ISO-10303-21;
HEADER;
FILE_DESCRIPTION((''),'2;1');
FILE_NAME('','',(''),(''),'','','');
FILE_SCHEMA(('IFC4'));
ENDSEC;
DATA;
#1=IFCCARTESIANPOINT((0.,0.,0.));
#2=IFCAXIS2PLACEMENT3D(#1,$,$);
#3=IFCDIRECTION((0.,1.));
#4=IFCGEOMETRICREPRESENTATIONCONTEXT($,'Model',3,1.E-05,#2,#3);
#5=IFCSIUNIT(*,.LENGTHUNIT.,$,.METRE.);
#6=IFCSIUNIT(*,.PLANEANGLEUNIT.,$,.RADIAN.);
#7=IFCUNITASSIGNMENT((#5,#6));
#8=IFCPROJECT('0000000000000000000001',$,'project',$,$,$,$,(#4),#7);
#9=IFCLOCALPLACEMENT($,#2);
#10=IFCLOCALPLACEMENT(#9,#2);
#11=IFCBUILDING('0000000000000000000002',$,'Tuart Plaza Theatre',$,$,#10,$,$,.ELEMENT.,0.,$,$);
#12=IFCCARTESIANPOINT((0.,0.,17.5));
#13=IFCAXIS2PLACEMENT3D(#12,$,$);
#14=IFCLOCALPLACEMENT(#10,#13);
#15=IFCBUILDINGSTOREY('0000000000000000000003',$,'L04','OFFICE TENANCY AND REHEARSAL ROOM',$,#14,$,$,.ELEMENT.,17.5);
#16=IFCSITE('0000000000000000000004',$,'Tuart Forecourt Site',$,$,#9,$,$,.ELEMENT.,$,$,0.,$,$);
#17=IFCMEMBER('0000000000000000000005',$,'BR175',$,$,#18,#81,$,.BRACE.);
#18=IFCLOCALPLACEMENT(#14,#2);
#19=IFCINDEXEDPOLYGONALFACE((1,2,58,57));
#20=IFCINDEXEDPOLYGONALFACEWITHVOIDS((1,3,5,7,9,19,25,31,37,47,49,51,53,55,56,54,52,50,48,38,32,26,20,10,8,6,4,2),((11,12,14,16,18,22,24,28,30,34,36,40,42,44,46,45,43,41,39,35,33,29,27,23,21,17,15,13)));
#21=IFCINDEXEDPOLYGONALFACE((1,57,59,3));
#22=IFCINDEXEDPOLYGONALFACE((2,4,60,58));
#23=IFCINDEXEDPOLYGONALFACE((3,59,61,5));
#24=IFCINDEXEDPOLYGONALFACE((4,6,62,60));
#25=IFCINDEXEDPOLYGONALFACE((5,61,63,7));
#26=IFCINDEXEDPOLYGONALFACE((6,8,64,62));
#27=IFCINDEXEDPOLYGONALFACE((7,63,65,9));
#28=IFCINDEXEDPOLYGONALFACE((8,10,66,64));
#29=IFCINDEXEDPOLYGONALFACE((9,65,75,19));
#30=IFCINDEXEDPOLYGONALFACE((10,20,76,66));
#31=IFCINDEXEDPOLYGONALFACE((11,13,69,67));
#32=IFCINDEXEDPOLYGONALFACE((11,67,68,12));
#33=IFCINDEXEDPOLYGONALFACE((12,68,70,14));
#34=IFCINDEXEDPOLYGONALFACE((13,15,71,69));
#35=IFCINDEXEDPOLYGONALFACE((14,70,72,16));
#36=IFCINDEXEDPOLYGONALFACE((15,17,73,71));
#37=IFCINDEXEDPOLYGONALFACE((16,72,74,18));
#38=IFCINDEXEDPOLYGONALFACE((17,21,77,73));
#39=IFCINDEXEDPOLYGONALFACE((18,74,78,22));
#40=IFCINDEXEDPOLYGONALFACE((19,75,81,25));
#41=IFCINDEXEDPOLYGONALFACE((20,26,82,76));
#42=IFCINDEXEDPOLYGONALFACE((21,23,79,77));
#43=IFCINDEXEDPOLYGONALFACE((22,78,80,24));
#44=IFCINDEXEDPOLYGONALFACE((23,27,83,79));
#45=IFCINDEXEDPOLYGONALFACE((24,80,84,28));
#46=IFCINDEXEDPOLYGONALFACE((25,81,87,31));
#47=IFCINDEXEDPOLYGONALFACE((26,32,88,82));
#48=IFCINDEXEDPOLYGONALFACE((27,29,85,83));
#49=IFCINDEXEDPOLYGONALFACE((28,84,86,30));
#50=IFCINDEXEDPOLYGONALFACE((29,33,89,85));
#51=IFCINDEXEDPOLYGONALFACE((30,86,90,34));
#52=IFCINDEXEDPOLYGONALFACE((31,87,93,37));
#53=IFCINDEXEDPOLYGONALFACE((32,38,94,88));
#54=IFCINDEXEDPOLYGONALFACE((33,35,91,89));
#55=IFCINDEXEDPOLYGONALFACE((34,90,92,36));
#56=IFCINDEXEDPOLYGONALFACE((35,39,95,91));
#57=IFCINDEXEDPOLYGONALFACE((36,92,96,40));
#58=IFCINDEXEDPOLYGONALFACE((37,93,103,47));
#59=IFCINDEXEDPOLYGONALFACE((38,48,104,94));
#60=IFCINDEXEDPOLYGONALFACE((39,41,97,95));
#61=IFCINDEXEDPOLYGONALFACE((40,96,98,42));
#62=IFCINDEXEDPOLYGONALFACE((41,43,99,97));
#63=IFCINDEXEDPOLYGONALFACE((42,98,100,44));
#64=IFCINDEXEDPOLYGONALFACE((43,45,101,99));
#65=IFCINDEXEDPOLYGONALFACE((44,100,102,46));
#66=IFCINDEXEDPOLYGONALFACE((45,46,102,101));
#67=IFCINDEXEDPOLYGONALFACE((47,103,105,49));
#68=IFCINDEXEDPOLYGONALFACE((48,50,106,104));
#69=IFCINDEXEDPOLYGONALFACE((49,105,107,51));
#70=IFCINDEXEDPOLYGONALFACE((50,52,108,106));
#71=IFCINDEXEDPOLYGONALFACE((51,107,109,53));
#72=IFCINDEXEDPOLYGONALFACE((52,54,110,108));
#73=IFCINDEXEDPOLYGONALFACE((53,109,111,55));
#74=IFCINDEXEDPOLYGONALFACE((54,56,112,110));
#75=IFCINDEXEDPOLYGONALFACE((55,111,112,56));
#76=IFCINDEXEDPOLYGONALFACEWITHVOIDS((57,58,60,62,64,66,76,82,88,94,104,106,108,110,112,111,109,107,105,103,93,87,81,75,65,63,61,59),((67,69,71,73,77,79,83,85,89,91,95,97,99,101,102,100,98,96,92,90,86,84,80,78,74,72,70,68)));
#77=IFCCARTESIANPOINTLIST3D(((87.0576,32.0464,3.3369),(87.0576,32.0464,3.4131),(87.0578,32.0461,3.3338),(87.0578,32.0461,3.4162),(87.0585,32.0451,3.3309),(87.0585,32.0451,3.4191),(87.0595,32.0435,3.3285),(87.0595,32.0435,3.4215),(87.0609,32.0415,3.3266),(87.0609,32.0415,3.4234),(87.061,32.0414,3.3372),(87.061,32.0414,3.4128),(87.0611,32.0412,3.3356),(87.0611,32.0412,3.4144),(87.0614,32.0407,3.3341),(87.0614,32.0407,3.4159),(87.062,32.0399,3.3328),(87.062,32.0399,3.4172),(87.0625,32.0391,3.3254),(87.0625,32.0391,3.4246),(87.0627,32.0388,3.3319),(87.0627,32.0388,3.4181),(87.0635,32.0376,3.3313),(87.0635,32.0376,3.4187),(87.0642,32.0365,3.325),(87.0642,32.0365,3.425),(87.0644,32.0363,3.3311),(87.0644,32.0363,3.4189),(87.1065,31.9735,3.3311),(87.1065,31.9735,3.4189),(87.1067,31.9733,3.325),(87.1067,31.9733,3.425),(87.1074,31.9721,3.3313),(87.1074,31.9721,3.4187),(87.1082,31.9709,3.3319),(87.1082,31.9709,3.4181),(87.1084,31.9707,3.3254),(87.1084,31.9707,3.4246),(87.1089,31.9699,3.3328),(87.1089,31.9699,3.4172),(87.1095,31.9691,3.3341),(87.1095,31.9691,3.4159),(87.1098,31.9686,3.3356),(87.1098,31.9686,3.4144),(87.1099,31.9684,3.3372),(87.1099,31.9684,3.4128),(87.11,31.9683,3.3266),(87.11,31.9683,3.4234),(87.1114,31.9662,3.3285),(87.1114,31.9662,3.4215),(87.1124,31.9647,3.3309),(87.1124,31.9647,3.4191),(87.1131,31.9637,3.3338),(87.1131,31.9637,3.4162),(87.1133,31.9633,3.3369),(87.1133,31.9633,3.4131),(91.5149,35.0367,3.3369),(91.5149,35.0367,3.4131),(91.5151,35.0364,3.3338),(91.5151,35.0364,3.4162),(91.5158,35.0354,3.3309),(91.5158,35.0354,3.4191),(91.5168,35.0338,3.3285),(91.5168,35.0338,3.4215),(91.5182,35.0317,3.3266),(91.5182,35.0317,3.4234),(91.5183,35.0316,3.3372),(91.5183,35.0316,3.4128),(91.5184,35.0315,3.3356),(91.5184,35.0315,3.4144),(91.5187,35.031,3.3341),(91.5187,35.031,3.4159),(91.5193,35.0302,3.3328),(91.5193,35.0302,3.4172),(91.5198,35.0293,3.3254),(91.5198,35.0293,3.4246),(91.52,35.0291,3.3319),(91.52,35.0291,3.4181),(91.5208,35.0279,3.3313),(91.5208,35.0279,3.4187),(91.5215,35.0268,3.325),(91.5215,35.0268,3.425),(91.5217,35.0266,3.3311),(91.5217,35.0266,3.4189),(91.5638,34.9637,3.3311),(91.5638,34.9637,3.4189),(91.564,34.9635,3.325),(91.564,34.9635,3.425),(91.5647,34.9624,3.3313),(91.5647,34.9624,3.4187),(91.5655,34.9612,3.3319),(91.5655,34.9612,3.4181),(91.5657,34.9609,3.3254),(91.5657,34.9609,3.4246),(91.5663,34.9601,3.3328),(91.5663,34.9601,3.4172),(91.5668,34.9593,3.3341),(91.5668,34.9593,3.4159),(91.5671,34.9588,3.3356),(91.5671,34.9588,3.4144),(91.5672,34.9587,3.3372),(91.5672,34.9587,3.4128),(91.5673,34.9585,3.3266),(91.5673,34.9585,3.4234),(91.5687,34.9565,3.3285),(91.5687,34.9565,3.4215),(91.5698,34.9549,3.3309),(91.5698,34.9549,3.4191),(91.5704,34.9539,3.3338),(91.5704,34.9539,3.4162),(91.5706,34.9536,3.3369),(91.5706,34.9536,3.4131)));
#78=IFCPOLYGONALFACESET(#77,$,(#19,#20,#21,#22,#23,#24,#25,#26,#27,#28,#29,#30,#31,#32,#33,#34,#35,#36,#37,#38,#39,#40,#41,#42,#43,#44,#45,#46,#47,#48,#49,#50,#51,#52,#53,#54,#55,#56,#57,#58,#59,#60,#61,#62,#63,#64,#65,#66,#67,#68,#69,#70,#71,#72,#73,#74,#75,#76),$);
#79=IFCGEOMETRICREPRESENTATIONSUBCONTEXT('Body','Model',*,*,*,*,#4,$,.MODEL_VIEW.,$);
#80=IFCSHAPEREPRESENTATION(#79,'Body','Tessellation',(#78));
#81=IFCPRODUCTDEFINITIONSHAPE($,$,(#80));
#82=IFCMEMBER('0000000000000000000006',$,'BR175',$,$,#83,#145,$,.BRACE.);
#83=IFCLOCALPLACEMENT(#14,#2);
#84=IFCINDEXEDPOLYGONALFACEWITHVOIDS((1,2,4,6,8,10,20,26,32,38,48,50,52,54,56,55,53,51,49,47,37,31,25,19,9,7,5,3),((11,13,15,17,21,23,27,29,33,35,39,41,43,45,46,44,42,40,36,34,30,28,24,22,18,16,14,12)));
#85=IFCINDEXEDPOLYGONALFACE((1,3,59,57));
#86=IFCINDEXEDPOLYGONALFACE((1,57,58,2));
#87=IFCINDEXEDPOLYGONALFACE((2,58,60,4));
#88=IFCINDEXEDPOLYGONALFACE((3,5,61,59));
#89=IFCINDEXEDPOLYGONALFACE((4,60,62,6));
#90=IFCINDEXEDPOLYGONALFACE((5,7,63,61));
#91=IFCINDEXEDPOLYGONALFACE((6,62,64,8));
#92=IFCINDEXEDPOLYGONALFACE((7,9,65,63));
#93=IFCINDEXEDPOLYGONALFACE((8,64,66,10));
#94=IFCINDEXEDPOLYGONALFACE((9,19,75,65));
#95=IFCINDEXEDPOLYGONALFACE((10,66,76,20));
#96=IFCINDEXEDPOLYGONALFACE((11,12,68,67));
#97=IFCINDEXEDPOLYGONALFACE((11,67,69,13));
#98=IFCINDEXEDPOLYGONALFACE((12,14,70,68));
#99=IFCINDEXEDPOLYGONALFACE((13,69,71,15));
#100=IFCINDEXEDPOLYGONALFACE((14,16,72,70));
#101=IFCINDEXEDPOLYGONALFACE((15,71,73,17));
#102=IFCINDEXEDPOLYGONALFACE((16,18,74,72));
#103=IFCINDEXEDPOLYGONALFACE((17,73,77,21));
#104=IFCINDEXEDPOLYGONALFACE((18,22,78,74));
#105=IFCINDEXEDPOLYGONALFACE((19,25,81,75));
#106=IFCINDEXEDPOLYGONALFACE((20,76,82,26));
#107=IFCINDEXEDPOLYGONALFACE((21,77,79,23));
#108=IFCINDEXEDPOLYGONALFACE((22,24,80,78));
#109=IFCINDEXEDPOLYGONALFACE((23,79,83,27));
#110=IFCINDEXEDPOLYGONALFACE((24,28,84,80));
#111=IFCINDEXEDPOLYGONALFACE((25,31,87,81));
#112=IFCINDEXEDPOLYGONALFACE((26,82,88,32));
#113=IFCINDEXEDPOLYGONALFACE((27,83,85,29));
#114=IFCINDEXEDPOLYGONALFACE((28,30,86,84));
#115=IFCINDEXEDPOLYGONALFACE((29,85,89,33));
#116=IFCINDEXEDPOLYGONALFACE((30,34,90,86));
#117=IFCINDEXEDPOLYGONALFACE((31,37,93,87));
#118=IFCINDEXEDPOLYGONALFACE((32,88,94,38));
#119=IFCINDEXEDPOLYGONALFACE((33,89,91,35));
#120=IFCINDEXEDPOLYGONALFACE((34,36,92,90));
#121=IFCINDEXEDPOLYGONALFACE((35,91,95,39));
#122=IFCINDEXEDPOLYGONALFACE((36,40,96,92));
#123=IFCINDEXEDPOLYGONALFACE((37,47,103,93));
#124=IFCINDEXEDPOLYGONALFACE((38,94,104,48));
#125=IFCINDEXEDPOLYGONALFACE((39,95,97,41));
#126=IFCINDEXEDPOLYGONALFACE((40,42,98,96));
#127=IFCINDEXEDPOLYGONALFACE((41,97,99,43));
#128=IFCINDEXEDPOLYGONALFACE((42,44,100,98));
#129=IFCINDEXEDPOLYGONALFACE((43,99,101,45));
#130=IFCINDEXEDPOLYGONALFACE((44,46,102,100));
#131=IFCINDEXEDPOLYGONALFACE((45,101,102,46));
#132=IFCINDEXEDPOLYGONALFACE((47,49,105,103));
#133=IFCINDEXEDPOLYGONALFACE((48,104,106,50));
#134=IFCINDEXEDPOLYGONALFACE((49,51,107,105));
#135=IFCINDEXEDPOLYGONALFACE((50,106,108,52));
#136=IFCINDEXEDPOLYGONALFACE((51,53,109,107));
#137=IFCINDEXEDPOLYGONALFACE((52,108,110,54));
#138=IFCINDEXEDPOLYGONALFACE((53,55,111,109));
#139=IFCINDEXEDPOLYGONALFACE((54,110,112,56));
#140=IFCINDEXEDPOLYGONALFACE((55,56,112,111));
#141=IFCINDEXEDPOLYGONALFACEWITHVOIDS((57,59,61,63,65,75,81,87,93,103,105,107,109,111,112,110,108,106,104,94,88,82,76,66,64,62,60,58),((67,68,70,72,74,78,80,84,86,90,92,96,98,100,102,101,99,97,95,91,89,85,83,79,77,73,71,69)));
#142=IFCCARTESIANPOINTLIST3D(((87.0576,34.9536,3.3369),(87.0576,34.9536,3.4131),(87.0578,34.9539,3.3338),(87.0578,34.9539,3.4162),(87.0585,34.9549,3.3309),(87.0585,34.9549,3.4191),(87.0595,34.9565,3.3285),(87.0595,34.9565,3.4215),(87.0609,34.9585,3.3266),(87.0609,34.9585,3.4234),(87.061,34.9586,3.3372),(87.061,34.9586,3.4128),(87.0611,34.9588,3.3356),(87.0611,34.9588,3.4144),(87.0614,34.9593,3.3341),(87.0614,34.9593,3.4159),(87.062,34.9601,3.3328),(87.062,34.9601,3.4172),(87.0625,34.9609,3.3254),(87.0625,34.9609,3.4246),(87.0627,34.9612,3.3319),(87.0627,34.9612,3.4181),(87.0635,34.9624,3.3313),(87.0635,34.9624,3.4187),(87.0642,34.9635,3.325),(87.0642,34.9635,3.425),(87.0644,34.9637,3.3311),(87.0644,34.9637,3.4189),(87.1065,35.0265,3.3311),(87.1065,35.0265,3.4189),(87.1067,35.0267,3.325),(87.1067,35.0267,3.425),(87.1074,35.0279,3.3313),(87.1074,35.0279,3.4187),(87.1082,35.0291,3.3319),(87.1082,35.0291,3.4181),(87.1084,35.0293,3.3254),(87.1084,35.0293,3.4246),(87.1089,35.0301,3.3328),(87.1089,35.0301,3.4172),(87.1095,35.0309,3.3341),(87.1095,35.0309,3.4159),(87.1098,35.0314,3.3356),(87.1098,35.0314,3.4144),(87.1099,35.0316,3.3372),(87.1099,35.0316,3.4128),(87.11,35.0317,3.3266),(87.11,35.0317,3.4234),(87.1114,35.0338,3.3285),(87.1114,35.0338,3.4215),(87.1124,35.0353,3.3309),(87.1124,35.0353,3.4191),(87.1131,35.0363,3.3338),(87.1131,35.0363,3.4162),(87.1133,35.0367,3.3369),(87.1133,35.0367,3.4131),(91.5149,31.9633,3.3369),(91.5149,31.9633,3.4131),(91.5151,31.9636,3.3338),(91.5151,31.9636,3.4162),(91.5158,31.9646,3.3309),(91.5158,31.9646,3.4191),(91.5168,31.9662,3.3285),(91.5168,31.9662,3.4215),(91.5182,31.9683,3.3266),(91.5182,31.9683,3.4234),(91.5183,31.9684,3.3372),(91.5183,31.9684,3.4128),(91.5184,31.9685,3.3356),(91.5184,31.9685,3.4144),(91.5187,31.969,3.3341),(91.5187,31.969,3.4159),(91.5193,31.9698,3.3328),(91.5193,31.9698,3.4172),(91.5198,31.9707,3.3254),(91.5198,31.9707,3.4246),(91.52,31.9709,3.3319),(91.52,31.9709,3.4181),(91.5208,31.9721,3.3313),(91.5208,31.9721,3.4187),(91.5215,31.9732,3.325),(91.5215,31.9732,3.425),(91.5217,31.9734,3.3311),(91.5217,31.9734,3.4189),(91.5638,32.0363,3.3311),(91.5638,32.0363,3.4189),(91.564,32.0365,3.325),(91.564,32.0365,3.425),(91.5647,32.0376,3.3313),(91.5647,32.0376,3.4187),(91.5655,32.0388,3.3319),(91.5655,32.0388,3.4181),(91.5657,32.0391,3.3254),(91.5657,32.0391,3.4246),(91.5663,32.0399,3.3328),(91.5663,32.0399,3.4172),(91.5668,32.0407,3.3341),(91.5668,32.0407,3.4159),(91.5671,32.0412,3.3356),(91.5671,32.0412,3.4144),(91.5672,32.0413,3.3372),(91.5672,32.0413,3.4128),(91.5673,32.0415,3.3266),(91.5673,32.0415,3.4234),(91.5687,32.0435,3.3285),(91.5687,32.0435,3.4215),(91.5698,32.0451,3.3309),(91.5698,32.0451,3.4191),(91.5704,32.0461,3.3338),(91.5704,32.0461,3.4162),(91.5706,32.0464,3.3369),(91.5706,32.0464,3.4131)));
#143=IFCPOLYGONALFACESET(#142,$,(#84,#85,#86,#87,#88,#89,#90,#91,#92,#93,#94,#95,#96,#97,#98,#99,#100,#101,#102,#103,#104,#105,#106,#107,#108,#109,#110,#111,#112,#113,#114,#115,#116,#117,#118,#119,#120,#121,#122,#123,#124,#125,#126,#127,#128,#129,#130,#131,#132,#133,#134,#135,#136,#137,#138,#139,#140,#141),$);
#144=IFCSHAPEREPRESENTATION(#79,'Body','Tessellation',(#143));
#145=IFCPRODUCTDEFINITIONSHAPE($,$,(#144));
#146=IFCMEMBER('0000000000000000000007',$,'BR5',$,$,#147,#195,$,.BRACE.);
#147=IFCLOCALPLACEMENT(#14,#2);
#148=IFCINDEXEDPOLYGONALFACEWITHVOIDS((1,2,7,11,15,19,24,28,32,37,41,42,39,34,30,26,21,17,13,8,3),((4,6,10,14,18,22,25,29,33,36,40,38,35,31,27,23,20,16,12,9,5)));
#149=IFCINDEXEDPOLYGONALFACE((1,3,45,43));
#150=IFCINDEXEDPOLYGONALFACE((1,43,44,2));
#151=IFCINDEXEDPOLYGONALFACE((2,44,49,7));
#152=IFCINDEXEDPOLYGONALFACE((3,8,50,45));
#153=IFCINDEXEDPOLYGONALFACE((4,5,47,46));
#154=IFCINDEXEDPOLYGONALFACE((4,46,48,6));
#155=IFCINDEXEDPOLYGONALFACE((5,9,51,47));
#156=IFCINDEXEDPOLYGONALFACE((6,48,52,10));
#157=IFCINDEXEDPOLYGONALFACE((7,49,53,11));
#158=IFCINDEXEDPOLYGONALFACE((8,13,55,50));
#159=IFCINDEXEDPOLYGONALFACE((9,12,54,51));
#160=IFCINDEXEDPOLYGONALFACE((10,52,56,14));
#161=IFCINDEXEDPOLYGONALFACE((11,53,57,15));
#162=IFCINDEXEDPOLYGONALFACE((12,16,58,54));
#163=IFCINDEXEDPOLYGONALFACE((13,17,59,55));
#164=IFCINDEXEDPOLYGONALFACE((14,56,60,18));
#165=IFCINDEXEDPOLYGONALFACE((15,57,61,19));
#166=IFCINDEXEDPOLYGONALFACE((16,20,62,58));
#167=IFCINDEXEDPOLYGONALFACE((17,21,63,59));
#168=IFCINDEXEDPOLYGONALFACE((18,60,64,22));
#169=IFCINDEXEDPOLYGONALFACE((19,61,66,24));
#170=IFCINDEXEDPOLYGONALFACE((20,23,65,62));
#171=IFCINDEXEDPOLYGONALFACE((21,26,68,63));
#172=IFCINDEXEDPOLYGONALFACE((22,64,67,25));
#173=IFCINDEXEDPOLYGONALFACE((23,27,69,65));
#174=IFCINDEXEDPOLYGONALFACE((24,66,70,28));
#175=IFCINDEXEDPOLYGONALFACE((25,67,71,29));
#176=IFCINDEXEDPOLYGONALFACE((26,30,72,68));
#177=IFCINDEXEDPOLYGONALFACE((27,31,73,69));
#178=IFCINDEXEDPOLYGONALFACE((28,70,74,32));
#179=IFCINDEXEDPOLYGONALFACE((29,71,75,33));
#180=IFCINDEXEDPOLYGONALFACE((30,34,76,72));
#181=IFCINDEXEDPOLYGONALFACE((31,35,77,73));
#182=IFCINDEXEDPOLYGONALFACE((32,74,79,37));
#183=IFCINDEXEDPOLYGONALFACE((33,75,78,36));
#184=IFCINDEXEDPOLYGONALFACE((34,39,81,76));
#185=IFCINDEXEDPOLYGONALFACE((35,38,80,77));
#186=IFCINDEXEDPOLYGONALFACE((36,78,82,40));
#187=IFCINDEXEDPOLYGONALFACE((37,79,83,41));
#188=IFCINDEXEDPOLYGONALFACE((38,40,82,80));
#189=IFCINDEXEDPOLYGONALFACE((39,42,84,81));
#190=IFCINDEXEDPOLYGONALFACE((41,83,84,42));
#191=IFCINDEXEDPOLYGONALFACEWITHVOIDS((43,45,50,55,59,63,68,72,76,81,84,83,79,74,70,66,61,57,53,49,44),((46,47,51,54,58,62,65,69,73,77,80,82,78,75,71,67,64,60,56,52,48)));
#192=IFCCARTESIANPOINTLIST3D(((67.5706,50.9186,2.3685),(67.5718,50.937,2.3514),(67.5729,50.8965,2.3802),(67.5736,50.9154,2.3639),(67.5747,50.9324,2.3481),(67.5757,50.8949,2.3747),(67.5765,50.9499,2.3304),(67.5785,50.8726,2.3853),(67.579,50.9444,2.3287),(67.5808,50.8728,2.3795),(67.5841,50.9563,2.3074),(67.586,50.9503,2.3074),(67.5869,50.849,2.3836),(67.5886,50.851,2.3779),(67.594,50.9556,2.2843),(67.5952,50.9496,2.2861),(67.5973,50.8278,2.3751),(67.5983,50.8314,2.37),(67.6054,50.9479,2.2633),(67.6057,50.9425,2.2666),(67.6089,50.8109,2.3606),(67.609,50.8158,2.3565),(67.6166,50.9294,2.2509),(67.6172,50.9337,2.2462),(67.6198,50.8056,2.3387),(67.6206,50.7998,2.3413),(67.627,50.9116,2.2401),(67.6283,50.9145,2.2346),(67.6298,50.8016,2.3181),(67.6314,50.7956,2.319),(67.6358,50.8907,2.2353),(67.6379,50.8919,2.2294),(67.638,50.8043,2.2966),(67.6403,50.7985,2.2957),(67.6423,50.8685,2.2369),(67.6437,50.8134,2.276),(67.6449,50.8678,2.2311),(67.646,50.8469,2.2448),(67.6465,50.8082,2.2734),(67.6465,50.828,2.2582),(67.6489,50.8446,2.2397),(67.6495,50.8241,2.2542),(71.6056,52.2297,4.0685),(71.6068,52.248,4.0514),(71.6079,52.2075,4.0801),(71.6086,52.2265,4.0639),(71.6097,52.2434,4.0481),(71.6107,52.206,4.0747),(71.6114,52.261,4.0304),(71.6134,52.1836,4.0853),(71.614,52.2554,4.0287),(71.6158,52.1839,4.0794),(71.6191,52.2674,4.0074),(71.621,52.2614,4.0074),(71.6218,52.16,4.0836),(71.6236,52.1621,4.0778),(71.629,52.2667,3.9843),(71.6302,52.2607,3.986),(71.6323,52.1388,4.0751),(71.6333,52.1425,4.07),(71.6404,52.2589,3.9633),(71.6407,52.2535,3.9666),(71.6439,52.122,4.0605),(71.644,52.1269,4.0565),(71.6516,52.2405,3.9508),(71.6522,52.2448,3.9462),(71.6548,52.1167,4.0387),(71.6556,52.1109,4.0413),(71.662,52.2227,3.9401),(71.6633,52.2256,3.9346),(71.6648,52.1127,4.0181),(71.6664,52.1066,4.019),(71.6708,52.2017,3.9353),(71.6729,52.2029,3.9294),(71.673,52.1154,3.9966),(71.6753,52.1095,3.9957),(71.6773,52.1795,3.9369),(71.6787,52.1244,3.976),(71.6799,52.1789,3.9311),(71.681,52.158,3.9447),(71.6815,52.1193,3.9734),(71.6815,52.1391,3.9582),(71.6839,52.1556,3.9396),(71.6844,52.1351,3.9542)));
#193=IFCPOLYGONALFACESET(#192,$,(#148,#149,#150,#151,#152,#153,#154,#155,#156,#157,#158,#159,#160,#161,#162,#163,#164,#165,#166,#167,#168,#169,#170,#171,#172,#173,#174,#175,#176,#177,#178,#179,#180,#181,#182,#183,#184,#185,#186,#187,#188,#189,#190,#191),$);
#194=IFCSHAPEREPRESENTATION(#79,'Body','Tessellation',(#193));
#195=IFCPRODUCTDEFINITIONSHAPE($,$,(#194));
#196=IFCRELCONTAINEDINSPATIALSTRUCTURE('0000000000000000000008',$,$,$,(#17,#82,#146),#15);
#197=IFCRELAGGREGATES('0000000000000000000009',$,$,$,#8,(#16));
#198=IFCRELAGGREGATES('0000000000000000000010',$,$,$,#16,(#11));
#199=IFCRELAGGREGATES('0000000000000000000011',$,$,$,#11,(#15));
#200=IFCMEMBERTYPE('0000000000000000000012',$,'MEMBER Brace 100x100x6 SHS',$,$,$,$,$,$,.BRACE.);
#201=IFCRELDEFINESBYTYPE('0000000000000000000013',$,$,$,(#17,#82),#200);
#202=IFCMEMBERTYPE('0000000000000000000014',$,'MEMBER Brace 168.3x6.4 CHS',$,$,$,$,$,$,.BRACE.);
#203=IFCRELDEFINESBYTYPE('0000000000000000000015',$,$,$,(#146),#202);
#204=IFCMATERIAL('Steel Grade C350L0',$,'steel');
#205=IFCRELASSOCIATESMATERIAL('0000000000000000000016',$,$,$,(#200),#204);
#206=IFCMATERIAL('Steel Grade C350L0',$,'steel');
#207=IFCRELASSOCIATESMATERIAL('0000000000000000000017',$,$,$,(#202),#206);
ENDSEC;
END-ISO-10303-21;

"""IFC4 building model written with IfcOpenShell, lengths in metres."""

from ifc_helpers import new_model, si_unit, direction, frame, origin, origin_2d, place, context, subcontext, project, spatial, hollow_rectangle, hollow_circle, extrude, material, material_profile, profile_set, type_object, element, save


model = new_model("IFC4")

# Units and contexts
model_context = context("Model", 3, precision=1e-05, world=origin(), true_north=direction((0.0, 1.0)))
body_context = subcontext(model_context, "Body", "Model", "MODEL_VIEW")
ifc_project = project(units=[si_unit("LENGTHUNIT", "METRE"), si_unit("PLANEANGLEUNIT", "RADIAN")], contexts=[model_context])

# Site, building, storey
site_placement = place(None, origin())
site = spatial("IfcSite", under=ifc_project, at=site_placement, Name="Tuart Forecourt Site", CompositionType="ELEMENT", RefElevation=0.0)
building_placement = place(site_placement, origin())
building = spatial("IfcBuilding", under=site, at=building_placement, Name="Tuart Plaza Theatre", CompositionType="ELEMENT", ElevationOfRefHeight=0.0)
storey_placement = place(building_placement, frame((0.0, 0.0, 17.5)))
storey = spatial("IfcBuildingStorey", under=building, at=storey_placement, Name="L04", Description="OFFICE TENANCY AND REHEARSAL ROOM", CompositionType="ELEMENT", Elevation=17.5)

# Members
ifc_material_1 = material(Name="Steel Grade C350L0", Category="steel")
ifc_material_profile_1 = material_profile(ifc_material_1, hollow_rectangle(XDim=0.1001, YDim=0.1001, WallThickness=0.0061, InnerFilletRadius=0.0061, OuterFilletRadius=0.012, at=origin_2d()), Name="100x100x6 SHS")
ifc_profile_set_1 = profile_set([ifc_material_profile_1], Name="Steel Grade C350L0")
member_type_1 = type_object("IfcMemberType", Name="MEMBER Brace 100x100x6 SHS", PredefinedType="BRACE", material=ifc_profile_set_1)
for number, where, z_axis, x_axis, name in (
    (1, (87.0854, 32.0049, 3.375), (0.830437, 0.557112, 0.0), (-0.557112, 0.830437, 0.0), "BR175"),
    (2, (87.0854, 34.9951, 3.375), (0.830437, -0.557112, 0.0), (0.557112, 0.830437, 0.0), "BR175"),
):
    element("IfcMember", number, at=place(storey_placement, frame(where, z_axis=z_axis, x_axis=x_axis)), inside=storey, type_object=member_type_1, Name=name, PredefinedType="BRACE", context=body_context, shape_type="SweptSolid", body=[
        extrude(hollow_rectangle(XDim=0.1001, YDim=0.1001, WallThickness=0.0061, InnerFilletRadius=0.0061, OuterFilletRadius=0.012, at=origin_2d()), origin(), (0.0, 0.0, 1.0), 5.3674),
    ])
ifc_material_2 = material(Name="Steel Grade C350L0", Category="steel")
ifc_material_profile_2 = material_profile(ifc_material_2, hollow_circle(Radius=0.0842, WallThickness=0.0063, at=origin_2d()), Name="168.3x6.4 CHS")
ifc_profile_set_2 = profile_set([ifc_material_profile_2], Name="Steel Grade C350L0")
member_type_2 = type_object("IfcMemberType", Name="MEMBER Brace 168.3x6.4 CHS", PredefinedType="BRACE", material=ifc_profile_set_2)
member_1_placement = place(storey_placement, frame((67.6101, 50.8762, 2.3074), z_axis=(0.882823, 0.286849, 0.371943), x_axis=(-0.30902, 0.951056, 0.0)))
element("IfcMember", 3, at=member_1_placement, inside=storey, type_object=member_type_2, Name="BR5", PredefinedType="BRACE", context=body_context, shape_type="SweptSolid", body=[
    extrude(hollow_circle(Radius=0.0842, WallThickness=0.0063, at=origin_2d()), origin(), (0.0, 0.0, 1.0), 4.5706),
])

save(model, "model.ifc")
